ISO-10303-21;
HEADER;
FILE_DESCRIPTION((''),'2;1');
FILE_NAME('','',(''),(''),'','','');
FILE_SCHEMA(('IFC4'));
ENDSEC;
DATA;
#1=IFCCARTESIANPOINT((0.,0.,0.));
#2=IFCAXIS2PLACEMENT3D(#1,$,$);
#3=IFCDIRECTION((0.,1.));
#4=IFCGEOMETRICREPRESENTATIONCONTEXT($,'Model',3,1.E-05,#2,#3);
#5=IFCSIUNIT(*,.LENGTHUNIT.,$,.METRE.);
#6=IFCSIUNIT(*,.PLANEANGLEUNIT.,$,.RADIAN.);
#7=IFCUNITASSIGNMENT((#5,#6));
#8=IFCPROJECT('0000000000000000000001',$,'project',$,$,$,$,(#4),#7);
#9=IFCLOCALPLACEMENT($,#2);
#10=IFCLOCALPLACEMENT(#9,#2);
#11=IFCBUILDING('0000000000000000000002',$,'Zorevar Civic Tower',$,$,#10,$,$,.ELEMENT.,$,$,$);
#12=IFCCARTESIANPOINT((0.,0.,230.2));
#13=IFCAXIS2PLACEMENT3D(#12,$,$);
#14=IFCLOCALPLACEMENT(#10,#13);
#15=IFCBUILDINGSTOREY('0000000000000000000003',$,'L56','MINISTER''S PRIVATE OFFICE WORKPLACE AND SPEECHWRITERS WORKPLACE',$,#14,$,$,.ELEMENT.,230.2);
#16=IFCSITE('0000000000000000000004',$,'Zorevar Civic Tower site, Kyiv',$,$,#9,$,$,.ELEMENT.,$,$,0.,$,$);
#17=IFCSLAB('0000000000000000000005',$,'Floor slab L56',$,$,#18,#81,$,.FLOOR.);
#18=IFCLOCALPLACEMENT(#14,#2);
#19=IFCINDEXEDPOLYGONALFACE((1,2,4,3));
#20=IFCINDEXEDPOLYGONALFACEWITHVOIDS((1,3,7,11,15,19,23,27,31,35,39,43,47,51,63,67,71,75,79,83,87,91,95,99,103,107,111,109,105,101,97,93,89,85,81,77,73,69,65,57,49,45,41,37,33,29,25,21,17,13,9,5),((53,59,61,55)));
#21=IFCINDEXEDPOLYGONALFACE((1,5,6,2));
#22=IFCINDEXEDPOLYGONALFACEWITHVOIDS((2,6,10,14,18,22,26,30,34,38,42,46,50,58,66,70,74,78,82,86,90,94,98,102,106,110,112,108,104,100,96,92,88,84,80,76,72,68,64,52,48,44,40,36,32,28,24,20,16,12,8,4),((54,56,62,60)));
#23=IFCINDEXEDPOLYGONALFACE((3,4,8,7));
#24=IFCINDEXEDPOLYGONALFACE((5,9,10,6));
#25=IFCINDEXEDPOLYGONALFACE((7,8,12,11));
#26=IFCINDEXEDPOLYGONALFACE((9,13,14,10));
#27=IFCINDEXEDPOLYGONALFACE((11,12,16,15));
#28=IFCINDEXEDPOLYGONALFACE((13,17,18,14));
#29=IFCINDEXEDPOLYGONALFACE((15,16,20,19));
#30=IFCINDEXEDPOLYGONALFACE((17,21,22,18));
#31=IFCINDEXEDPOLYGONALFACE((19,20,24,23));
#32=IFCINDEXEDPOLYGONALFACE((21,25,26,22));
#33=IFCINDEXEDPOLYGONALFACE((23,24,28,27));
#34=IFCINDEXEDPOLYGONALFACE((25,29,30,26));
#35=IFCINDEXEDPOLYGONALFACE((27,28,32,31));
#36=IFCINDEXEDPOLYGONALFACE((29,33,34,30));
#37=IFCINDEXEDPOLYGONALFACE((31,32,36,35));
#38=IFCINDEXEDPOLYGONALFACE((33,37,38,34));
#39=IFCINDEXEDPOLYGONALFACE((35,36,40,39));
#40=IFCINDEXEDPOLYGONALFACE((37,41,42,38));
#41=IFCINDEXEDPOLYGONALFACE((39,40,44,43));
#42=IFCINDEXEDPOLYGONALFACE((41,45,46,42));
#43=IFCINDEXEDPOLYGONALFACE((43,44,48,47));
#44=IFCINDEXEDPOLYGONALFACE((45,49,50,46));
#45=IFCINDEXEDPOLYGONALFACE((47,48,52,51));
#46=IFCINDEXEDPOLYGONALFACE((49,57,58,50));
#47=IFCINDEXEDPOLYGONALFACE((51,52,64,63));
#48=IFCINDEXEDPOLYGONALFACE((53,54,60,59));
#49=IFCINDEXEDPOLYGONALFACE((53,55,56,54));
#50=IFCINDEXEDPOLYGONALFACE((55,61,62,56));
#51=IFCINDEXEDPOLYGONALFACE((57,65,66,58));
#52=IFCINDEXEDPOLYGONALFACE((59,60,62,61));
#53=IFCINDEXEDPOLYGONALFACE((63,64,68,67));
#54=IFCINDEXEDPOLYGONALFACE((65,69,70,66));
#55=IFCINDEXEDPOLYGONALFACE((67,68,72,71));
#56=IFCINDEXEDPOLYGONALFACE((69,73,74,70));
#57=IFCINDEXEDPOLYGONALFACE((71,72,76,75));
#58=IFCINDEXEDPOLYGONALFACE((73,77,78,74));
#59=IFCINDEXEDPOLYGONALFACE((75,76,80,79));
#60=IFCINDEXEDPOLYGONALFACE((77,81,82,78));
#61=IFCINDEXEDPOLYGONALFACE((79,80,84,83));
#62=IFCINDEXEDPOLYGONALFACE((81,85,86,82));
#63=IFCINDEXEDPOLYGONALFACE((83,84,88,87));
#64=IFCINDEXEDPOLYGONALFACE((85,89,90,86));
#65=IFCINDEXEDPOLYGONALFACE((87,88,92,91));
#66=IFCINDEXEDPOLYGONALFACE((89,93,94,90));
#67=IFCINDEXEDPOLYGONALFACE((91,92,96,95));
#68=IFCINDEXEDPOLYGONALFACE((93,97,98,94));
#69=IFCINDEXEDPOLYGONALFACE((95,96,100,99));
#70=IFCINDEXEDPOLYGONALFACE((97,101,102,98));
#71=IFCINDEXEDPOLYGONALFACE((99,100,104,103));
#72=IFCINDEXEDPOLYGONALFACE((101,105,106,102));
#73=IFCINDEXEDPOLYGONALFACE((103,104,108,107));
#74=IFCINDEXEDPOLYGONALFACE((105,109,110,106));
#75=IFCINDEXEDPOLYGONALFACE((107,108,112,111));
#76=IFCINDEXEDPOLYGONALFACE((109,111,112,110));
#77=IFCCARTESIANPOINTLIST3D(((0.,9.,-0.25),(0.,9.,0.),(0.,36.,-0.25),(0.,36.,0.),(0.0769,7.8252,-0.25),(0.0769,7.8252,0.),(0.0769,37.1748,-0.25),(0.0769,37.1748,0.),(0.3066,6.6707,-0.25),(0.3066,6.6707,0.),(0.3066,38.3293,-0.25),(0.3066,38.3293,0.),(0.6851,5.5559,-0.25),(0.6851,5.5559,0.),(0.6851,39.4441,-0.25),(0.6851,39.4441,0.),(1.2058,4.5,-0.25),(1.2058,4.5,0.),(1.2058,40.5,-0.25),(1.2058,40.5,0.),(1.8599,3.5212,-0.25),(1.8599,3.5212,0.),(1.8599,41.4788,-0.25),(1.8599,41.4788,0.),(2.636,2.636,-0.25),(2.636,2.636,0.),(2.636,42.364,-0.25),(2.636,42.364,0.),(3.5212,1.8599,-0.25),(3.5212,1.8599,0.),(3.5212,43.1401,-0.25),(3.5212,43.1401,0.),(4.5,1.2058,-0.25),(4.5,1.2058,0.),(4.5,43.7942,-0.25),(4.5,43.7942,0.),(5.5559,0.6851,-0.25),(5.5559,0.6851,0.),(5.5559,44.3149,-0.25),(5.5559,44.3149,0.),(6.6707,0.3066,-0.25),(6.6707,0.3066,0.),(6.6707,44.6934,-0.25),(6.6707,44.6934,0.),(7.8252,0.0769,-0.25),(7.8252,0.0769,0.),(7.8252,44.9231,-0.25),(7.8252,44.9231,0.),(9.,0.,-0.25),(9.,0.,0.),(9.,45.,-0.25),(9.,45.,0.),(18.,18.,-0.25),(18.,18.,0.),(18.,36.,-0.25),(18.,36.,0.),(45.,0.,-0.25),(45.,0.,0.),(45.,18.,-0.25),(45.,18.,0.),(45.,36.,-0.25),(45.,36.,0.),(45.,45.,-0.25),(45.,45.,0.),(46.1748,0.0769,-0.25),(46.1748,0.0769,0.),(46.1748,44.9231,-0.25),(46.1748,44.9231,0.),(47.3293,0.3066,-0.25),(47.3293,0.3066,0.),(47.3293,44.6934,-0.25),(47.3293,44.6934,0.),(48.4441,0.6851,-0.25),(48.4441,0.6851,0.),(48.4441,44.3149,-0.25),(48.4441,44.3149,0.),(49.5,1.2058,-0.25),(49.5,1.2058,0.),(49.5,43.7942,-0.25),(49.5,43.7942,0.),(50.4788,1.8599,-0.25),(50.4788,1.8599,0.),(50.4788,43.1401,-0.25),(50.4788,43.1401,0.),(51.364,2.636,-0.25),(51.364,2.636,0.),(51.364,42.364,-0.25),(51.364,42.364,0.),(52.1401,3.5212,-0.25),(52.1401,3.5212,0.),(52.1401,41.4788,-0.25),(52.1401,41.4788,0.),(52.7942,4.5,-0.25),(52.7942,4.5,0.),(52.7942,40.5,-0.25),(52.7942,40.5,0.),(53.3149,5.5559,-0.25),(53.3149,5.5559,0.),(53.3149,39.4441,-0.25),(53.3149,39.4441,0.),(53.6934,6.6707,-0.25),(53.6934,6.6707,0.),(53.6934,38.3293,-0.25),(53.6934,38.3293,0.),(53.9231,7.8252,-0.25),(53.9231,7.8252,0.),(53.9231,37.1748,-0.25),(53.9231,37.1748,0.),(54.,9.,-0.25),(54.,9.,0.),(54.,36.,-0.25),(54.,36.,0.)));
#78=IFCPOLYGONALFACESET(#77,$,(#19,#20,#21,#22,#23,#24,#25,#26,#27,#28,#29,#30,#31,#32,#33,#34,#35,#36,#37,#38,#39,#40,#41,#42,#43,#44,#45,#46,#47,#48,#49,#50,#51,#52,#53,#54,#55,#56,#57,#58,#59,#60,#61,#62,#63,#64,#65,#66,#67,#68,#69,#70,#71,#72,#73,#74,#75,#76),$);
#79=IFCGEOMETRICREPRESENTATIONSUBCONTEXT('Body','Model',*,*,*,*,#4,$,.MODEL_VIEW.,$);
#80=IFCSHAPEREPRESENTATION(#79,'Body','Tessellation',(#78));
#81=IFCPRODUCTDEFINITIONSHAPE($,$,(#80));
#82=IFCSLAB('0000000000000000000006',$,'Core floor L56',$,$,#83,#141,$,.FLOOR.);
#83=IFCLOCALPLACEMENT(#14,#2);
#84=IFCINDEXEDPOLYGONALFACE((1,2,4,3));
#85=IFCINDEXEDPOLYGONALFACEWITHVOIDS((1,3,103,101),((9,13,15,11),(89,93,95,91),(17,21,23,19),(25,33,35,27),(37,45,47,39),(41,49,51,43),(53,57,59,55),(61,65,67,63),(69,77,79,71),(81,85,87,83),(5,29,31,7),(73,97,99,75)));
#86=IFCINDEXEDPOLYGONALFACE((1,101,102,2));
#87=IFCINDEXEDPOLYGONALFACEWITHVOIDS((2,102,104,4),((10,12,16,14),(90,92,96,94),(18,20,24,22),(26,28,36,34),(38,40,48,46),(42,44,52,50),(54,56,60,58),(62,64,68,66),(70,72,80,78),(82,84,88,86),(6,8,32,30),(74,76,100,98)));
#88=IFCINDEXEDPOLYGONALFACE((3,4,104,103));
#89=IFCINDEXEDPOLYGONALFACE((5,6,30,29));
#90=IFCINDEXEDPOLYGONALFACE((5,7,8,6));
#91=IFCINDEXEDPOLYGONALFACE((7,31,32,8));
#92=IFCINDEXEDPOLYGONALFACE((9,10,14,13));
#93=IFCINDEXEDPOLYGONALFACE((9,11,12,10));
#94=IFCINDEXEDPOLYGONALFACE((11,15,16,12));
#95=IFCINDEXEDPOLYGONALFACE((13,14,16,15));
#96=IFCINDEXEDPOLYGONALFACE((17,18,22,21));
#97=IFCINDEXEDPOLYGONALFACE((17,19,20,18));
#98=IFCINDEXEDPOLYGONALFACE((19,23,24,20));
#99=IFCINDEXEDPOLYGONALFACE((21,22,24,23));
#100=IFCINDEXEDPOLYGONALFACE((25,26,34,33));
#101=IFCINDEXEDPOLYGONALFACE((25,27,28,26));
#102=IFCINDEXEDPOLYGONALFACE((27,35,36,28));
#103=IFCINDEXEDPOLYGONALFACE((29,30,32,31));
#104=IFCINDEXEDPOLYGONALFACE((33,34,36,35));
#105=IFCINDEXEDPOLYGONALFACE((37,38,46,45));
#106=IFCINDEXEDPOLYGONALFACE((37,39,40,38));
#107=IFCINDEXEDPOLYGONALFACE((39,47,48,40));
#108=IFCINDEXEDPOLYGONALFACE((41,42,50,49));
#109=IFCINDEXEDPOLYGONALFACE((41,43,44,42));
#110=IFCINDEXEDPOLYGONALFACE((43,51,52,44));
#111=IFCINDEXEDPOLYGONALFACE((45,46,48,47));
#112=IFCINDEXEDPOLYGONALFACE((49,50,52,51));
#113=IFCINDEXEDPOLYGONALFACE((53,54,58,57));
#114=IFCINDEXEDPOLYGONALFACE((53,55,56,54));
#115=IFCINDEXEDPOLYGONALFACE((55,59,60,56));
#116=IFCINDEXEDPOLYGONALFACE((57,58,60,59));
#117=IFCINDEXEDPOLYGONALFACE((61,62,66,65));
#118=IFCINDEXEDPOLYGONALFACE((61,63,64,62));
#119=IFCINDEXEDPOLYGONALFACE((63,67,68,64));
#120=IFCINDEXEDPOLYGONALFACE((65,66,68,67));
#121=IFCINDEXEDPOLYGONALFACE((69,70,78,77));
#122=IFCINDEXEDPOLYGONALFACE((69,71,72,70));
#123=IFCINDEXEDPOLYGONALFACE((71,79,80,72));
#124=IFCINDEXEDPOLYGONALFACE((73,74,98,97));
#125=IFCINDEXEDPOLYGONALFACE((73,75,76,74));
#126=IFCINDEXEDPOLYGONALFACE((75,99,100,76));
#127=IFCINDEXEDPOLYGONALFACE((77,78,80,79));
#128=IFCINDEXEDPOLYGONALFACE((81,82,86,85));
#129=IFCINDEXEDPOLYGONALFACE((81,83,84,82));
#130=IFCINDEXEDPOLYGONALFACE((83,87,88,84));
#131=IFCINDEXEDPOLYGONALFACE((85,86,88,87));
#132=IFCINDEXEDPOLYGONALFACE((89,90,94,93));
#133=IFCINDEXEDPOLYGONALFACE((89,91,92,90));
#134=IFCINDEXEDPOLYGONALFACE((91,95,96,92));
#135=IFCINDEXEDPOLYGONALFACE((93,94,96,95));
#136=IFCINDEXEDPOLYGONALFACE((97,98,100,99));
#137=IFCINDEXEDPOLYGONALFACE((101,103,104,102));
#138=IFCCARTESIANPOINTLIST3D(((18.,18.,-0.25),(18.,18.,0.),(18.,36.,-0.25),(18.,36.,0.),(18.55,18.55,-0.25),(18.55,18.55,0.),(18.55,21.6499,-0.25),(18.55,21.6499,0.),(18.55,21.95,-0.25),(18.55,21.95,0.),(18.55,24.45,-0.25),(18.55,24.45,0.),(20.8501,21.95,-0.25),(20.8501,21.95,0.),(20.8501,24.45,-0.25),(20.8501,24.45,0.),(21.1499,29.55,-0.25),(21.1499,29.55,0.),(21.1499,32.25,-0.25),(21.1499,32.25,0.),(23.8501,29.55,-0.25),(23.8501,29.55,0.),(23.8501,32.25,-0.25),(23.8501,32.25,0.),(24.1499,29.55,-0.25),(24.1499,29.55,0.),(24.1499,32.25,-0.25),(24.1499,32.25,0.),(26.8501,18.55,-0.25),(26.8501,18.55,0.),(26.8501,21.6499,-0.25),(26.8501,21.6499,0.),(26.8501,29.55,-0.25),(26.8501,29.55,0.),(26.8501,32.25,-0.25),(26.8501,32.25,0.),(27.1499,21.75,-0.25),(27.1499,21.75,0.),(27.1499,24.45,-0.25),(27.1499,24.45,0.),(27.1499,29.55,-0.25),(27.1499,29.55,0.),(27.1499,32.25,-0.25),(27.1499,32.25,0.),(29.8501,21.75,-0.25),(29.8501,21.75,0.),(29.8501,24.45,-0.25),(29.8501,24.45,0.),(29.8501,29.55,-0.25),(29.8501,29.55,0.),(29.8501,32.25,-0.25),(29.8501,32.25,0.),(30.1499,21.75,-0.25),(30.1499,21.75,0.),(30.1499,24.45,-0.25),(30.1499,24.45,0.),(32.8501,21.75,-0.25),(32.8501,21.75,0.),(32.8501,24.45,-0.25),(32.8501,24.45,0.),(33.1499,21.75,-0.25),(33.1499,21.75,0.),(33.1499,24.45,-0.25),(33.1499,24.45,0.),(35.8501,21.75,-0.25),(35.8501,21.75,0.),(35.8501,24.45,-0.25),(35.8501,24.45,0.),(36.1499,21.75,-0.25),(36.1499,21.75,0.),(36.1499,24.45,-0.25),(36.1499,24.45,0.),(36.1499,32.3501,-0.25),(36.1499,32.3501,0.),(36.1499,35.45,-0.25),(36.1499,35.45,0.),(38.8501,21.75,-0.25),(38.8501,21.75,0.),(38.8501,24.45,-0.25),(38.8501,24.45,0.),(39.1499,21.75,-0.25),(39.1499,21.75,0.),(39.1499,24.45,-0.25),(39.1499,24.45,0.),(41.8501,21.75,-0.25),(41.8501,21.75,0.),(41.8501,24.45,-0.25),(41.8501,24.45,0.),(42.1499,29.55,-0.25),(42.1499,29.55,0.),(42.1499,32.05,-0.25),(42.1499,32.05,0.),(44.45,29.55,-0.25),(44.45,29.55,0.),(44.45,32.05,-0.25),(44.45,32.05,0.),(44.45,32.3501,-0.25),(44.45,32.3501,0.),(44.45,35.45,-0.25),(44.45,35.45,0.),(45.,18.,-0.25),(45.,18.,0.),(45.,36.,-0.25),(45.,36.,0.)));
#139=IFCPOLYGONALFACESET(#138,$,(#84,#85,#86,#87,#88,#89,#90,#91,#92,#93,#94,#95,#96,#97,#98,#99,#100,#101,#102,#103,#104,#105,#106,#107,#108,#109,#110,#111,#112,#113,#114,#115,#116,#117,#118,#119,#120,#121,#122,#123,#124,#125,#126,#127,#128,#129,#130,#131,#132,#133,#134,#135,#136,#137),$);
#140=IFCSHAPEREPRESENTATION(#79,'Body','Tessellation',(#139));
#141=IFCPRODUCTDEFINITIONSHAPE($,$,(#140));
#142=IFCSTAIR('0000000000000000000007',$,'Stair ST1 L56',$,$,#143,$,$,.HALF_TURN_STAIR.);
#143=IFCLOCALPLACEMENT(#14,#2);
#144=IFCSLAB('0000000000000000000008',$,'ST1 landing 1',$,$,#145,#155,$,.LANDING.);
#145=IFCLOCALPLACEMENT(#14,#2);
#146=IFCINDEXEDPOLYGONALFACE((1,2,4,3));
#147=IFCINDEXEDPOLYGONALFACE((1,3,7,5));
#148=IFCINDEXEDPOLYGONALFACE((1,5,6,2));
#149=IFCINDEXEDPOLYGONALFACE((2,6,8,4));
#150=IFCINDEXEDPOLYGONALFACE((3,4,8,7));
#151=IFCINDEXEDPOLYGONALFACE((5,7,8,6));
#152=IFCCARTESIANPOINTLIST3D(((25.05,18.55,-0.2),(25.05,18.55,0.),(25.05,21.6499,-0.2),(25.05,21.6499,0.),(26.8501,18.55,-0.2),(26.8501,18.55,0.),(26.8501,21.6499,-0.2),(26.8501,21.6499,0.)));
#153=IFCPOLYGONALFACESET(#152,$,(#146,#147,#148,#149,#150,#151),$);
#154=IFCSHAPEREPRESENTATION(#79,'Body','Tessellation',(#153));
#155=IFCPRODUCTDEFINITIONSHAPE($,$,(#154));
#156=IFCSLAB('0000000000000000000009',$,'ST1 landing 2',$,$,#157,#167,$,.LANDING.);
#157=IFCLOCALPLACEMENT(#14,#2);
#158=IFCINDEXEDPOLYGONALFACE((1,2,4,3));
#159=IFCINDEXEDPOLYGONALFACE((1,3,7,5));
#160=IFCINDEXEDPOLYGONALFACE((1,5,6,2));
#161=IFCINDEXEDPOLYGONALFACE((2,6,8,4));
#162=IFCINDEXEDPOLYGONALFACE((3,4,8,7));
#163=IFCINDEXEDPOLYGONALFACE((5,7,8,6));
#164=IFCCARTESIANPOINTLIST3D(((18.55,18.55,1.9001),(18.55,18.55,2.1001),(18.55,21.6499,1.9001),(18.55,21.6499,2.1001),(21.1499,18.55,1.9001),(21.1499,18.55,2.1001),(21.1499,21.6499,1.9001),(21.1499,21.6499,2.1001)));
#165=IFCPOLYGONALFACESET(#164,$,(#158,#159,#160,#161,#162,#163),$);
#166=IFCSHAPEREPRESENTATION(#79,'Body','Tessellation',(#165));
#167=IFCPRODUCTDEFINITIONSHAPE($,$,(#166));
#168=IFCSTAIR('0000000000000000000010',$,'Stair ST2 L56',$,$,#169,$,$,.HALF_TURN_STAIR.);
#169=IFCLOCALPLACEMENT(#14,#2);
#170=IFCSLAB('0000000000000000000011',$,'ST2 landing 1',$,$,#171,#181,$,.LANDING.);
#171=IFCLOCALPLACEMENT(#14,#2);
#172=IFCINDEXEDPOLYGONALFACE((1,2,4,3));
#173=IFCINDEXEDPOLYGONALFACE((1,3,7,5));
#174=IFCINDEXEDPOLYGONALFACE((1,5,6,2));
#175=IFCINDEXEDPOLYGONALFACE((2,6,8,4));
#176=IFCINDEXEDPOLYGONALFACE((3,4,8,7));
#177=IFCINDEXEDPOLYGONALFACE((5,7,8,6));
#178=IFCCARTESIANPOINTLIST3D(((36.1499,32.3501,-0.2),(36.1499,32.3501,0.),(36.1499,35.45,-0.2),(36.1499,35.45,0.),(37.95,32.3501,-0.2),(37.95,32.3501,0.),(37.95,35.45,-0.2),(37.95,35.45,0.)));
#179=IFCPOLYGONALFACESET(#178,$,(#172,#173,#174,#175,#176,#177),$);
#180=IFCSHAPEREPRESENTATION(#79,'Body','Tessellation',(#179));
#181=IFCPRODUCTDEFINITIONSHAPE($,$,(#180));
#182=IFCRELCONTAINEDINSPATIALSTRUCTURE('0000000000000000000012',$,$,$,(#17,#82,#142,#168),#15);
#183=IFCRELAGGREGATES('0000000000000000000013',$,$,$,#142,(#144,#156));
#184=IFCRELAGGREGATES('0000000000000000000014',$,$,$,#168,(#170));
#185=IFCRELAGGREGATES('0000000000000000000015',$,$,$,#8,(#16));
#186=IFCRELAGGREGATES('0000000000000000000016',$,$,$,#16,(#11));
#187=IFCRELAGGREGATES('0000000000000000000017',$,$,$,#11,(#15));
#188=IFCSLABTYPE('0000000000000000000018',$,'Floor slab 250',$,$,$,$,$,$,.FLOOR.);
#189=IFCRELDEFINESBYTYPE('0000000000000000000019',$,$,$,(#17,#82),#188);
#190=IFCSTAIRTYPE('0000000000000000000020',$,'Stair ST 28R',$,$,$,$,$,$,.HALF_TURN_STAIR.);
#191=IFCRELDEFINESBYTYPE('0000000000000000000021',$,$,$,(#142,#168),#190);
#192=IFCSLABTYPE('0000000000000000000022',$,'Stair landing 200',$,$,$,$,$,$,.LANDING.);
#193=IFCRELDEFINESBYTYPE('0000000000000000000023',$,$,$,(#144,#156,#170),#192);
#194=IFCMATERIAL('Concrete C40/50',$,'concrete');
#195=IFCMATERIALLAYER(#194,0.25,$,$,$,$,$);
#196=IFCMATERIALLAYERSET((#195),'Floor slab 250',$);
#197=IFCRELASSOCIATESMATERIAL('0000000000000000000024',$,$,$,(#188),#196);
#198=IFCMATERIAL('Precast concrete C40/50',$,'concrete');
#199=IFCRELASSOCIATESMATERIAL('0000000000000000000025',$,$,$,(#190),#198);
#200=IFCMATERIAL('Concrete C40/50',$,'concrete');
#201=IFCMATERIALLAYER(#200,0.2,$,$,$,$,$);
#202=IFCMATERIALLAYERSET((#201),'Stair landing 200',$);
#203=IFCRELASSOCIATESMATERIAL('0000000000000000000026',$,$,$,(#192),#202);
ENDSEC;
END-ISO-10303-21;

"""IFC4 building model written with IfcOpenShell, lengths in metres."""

from ifc_helpers import new_model, si_unit, direction, frame, origin, place, context, subcontext, project, spatial, polyline, outline, extrude, material, layer, layer_set, type_object, element, aggregate, save


model = new_model("IFC4")

# Units and contexts
model_context = context("Model", 3, precision=1e-05, world=origin(), true_north=direction((0.0, 1.0)))
body_context = subcontext(model_context, "Body", "Model", "MODEL_VIEW")
ifc_project = project(units=[si_unit("LENGTHUNIT", "METRE"), si_unit("PLANEANGLEUNIT", "RADIAN")], contexts=[model_context])

# Site, building, storey
site_placement = place(None, origin())
site = spatial("IfcSite", under=ifc_project, at=site_placement, Name="Zorevar Civic Tower site, Kyiv", CompositionType="ELEMENT", RefElevation=0.0)
building_placement = place(site_placement, origin())
building = spatial("IfcBuilding", under=site, at=building_placement, Name="Zorevar Civic Tower", CompositionType="ELEMENT")
storey_placement = place(building_placement, frame((0.0, 0.0, 230.2)))
storey = spatial("IfcBuildingStorey", under=building, at=storey_placement, Name="L56", Description="MINISTER'S PRIVATE OFFICE WORKPLACE AND SPEECHWRITERS WORKPLACE", CompositionType="ELEMENT", Elevation=230.2)

# Slabs
ifc_material_1 = material(Name="Concrete C40/50", Category="concrete")
ifc_layer_1 = layer(ifc_material_1, 0.25)
ifc_layer_set_1 = layer_set([ifc_layer_1], Name="Floor slab 250")
slab_type_1 = type_object("IfcSlabType", Name="Floor slab 250", PredefinedType="FLOOR", material=ifc_layer_set_1)
slab_1_placement = place(storey_placement, frame((0.0, 0.0, -0.25)))
element("IfcSlab", 1, at=slab_1_placement, inside=storey, type_object=slab_type_1, Name="Floor slab L56", PredefinedType="FLOOR", context=body_context, shape_type="SweptSolid", body=[
    extrude(outline(polyline([(45.0, 0.0), (46.1748, 0.0769), (47.3293, 0.3066), (48.4441, 0.6851), (49.5, 1.2058), (50.4788, 1.8599), (51.364, 2.636), (52.1401, 3.5212), (52.7942, 4.5), (53.3149, 5.5559), (53.6934, 6.6707), (53.9231, 7.8252), (54.0, 9.0), (54.0, 36.0), (53.9231, 37.1748), (53.6934, 38.3293), (53.3149, 39.4441), (52.7942, 40.5), (52.1401, 41.4788), (51.364, 42.364), (50.4788, 43.1401), (49.5, 43.7942), (48.4441, 44.3149), (47.3293, 44.6934), (46.1748, 44.9231), (45.0, 45.0), (9.0, 45.0), (7.8252, 44.9231), (6.6707, 44.6934), (5.5559, 44.3149), (4.5, 43.7942), (3.5212, 43.1401), (2.636, 42.364), (1.8599, 41.4788), (1.2058, 40.5), (0.6851, 39.4441), (0.3066, 38.3293), (0.0769, 37.1748), (0.0, 36.0), (0.0, 9.0), (0.0769, 7.8252), (0.3066, 6.6707), (0.6851, 5.5559), (1.2058, 4.5), (1.8599, 3.5212), (2.636, 2.636), (3.5212, 1.8599), (4.5, 1.2058), (5.5559, 0.6851), (6.6707, 0.3066), (7.8252, 0.0769), (9.0, 0.0), (45.0, 0.0)]), holes=[polyline([(18.0, 18.0), (45.0, 18.0), (45.0, 36.0), (18.0, 36.0), (18.0, 18.0)])]), origin(), (0.0, 0.0, 1.0), 0.25),
])
slab_2_placement = place(storey_placement, frame((0.0, 0.0, -0.25)))
element("IfcSlab", 2, at=slab_2_placement, inside=storey, type_object=slab_type_1, Name="Core floor L56", PredefinedType="FLOOR", context=body_context, shape_type="SweptSolid", body=[
    extrude(outline(polyline([(18.0, 18.0), (45.0, 18.0), (45.0, 36.0), (18.0, 36.0), (18.0, 18.0)]), holes=[polyline([(18.55, 18.55), (26.8501, 18.55), (26.8501, 21.6499), (18.55, 21.6499), (18.55, 18.55)]), polyline([(36.1499, 32.3501), (44.45, 32.3501), (44.45, 35.45), (36.1499, 35.45), (36.1499, 32.3501)]), polyline([(18.55, 21.95), (20.8501, 21.95), (20.8501, 24.45), (18.55, 24.45), (18.55, 21.95)]), polyline([(42.1499, 29.55), (44.45, 29.55), (44.45, 32.05), (42.1499, 32.05), (42.1499, 29.55)]), polyline([(27.1499, 21.75), (29.8501, 21.75), (29.8501, 24.45), (27.1499, 24.45), (27.1499, 21.75)]), polyline([(30.1499, 21.75), (32.8501, 21.75), (32.8501, 24.45), (30.1499, 24.45), (30.1499, 21.75)]), polyline([(33.1499, 21.75), (35.8501, 21.75), (35.8501, 24.45), (33.1499, 24.45), (33.1499, 21.75)]), polyline([(27.1499, 29.55), (29.8501, 29.55), (29.8501, 32.25), (27.1499, 32.25), (27.1499, 29.55)]), polyline([(36.1499, 21.75), (38.8501, 21.75), (38.8501, 24.45), (36.1499, 24.45), (36.1499, 21.75)]), polyline([(24.1499, 29.55), (26.8501, 29.55), (26.8501, 32.25), (24.1499, 32.25), (24.1499, 29.55)]), polyline([(39.1499, 21.75), (41.8501, 21.75), (41.8501, 24.45), (39.1499, 24.45), (39.1499, 21.75)]), polyline([(21.1499, 29.55), (23.8501, 29.55), (23.8501, 32.25), (21.1499, 32.25), (21.1499, 29.55)])]), origin(), (0.0, 0.0, 1.0), 0.25),
])

# Stairs, slabs
ifc_material_2 = material(Name="Precast concrete C40/50", Category="concrete")
stair_type = type_object("IfcStairType", Name="Stair ST 28R", PredefinedType="HALF_TURN_STAIR", material=ifc_material_2)
stair_1_placement = place(storey_placement, origin())
stair_1 = element("IfcStair", 3, at=stair_1_placement, inside=storey, type_object=stair_type, Name="Stair ST1 L56", PredefinedType="HALF_TURN_STAIR")
ifc_material_3 = material(Name="Concrete C40/50", Category="concrete")
ifc_layer_2 = layer(ifc_material_3, 0.2)
ifc_layer_set_2 = layer_set([ifc_layer_2], Name="Stair landing 200")
slab_type_2 = type_object("IfcSlabType", Name="Stair landing 200", PredefinedType="LANDING", material=ifc_layer_set_2)
slab_3_placement = place(storey_placement, frame((0.0, 0.0, -0.2)))
slab_3 = element("IfcSlab", 4, at=slab_3_placement, type_object=slab_type_2, Name="ST1 landing 1", PredefinedType="LANDING", context=body_context, shape_type="SweptSolid", body=[
    extrude(outline(polyline([(25.05, 18.55), (26.8501, 18.55), (26.8501, 21.6499), (25.05, 21.6499), (25.05, 18.55)])), origin(), (0.0, 0.0, 1.0), 0.2),
])
slab_4_placement = place(storey_placement, frame((0.0, 0.0, 1.9001)))
slab_4 = element("IfcSlab", 5, at=slab_4_placement, type_object=slab_type_2, Name="ST1 landing 2", PredefinedType="LANDING", context=body_context, shape_type="SweptSolid", body=[
    extrude(outline(polyline([(18.55, 18.55), (21.1499, 18.55), (21.1499, 21.6499), (18.55, 21.6499), (18.55, 18.55)])), origin(), (0.0, 0.0, 1.0), 0.2),
])
aggregate(stair_1, [slab_3, slab_4])
stair_2_placement = place(storey_placement, origin())
stair_2 = element("IfcStair", 6, at=stair_2_placement, inside=storey, type_object=stair_type, Name="Stair ST2 L56", PredefinedType="HALF_TURN_STAIR")
slab_5_placement = place(storey_placement, frame((0.0, 0.0, -0.2)))
slab_5 = element("IfcSlab", 7, at=slab_5_placement, type_object=slab_type_2, Name="ST2 landing 1", PredefinedType="LANDING", context=body_context, shape_type="SweptSolid", body=[
    extrude(outline(polyline([(37.95, 32.3501), (36.1499, 32.3501), (36.1499, 35.45), (37.95, 35.45), (37.95, 32.3501)])), origin(), (0.0, 0.0, 1.0), 0.2),
])
aggregate(stair_2, [slab_5])

save(model, "model.ifc")
